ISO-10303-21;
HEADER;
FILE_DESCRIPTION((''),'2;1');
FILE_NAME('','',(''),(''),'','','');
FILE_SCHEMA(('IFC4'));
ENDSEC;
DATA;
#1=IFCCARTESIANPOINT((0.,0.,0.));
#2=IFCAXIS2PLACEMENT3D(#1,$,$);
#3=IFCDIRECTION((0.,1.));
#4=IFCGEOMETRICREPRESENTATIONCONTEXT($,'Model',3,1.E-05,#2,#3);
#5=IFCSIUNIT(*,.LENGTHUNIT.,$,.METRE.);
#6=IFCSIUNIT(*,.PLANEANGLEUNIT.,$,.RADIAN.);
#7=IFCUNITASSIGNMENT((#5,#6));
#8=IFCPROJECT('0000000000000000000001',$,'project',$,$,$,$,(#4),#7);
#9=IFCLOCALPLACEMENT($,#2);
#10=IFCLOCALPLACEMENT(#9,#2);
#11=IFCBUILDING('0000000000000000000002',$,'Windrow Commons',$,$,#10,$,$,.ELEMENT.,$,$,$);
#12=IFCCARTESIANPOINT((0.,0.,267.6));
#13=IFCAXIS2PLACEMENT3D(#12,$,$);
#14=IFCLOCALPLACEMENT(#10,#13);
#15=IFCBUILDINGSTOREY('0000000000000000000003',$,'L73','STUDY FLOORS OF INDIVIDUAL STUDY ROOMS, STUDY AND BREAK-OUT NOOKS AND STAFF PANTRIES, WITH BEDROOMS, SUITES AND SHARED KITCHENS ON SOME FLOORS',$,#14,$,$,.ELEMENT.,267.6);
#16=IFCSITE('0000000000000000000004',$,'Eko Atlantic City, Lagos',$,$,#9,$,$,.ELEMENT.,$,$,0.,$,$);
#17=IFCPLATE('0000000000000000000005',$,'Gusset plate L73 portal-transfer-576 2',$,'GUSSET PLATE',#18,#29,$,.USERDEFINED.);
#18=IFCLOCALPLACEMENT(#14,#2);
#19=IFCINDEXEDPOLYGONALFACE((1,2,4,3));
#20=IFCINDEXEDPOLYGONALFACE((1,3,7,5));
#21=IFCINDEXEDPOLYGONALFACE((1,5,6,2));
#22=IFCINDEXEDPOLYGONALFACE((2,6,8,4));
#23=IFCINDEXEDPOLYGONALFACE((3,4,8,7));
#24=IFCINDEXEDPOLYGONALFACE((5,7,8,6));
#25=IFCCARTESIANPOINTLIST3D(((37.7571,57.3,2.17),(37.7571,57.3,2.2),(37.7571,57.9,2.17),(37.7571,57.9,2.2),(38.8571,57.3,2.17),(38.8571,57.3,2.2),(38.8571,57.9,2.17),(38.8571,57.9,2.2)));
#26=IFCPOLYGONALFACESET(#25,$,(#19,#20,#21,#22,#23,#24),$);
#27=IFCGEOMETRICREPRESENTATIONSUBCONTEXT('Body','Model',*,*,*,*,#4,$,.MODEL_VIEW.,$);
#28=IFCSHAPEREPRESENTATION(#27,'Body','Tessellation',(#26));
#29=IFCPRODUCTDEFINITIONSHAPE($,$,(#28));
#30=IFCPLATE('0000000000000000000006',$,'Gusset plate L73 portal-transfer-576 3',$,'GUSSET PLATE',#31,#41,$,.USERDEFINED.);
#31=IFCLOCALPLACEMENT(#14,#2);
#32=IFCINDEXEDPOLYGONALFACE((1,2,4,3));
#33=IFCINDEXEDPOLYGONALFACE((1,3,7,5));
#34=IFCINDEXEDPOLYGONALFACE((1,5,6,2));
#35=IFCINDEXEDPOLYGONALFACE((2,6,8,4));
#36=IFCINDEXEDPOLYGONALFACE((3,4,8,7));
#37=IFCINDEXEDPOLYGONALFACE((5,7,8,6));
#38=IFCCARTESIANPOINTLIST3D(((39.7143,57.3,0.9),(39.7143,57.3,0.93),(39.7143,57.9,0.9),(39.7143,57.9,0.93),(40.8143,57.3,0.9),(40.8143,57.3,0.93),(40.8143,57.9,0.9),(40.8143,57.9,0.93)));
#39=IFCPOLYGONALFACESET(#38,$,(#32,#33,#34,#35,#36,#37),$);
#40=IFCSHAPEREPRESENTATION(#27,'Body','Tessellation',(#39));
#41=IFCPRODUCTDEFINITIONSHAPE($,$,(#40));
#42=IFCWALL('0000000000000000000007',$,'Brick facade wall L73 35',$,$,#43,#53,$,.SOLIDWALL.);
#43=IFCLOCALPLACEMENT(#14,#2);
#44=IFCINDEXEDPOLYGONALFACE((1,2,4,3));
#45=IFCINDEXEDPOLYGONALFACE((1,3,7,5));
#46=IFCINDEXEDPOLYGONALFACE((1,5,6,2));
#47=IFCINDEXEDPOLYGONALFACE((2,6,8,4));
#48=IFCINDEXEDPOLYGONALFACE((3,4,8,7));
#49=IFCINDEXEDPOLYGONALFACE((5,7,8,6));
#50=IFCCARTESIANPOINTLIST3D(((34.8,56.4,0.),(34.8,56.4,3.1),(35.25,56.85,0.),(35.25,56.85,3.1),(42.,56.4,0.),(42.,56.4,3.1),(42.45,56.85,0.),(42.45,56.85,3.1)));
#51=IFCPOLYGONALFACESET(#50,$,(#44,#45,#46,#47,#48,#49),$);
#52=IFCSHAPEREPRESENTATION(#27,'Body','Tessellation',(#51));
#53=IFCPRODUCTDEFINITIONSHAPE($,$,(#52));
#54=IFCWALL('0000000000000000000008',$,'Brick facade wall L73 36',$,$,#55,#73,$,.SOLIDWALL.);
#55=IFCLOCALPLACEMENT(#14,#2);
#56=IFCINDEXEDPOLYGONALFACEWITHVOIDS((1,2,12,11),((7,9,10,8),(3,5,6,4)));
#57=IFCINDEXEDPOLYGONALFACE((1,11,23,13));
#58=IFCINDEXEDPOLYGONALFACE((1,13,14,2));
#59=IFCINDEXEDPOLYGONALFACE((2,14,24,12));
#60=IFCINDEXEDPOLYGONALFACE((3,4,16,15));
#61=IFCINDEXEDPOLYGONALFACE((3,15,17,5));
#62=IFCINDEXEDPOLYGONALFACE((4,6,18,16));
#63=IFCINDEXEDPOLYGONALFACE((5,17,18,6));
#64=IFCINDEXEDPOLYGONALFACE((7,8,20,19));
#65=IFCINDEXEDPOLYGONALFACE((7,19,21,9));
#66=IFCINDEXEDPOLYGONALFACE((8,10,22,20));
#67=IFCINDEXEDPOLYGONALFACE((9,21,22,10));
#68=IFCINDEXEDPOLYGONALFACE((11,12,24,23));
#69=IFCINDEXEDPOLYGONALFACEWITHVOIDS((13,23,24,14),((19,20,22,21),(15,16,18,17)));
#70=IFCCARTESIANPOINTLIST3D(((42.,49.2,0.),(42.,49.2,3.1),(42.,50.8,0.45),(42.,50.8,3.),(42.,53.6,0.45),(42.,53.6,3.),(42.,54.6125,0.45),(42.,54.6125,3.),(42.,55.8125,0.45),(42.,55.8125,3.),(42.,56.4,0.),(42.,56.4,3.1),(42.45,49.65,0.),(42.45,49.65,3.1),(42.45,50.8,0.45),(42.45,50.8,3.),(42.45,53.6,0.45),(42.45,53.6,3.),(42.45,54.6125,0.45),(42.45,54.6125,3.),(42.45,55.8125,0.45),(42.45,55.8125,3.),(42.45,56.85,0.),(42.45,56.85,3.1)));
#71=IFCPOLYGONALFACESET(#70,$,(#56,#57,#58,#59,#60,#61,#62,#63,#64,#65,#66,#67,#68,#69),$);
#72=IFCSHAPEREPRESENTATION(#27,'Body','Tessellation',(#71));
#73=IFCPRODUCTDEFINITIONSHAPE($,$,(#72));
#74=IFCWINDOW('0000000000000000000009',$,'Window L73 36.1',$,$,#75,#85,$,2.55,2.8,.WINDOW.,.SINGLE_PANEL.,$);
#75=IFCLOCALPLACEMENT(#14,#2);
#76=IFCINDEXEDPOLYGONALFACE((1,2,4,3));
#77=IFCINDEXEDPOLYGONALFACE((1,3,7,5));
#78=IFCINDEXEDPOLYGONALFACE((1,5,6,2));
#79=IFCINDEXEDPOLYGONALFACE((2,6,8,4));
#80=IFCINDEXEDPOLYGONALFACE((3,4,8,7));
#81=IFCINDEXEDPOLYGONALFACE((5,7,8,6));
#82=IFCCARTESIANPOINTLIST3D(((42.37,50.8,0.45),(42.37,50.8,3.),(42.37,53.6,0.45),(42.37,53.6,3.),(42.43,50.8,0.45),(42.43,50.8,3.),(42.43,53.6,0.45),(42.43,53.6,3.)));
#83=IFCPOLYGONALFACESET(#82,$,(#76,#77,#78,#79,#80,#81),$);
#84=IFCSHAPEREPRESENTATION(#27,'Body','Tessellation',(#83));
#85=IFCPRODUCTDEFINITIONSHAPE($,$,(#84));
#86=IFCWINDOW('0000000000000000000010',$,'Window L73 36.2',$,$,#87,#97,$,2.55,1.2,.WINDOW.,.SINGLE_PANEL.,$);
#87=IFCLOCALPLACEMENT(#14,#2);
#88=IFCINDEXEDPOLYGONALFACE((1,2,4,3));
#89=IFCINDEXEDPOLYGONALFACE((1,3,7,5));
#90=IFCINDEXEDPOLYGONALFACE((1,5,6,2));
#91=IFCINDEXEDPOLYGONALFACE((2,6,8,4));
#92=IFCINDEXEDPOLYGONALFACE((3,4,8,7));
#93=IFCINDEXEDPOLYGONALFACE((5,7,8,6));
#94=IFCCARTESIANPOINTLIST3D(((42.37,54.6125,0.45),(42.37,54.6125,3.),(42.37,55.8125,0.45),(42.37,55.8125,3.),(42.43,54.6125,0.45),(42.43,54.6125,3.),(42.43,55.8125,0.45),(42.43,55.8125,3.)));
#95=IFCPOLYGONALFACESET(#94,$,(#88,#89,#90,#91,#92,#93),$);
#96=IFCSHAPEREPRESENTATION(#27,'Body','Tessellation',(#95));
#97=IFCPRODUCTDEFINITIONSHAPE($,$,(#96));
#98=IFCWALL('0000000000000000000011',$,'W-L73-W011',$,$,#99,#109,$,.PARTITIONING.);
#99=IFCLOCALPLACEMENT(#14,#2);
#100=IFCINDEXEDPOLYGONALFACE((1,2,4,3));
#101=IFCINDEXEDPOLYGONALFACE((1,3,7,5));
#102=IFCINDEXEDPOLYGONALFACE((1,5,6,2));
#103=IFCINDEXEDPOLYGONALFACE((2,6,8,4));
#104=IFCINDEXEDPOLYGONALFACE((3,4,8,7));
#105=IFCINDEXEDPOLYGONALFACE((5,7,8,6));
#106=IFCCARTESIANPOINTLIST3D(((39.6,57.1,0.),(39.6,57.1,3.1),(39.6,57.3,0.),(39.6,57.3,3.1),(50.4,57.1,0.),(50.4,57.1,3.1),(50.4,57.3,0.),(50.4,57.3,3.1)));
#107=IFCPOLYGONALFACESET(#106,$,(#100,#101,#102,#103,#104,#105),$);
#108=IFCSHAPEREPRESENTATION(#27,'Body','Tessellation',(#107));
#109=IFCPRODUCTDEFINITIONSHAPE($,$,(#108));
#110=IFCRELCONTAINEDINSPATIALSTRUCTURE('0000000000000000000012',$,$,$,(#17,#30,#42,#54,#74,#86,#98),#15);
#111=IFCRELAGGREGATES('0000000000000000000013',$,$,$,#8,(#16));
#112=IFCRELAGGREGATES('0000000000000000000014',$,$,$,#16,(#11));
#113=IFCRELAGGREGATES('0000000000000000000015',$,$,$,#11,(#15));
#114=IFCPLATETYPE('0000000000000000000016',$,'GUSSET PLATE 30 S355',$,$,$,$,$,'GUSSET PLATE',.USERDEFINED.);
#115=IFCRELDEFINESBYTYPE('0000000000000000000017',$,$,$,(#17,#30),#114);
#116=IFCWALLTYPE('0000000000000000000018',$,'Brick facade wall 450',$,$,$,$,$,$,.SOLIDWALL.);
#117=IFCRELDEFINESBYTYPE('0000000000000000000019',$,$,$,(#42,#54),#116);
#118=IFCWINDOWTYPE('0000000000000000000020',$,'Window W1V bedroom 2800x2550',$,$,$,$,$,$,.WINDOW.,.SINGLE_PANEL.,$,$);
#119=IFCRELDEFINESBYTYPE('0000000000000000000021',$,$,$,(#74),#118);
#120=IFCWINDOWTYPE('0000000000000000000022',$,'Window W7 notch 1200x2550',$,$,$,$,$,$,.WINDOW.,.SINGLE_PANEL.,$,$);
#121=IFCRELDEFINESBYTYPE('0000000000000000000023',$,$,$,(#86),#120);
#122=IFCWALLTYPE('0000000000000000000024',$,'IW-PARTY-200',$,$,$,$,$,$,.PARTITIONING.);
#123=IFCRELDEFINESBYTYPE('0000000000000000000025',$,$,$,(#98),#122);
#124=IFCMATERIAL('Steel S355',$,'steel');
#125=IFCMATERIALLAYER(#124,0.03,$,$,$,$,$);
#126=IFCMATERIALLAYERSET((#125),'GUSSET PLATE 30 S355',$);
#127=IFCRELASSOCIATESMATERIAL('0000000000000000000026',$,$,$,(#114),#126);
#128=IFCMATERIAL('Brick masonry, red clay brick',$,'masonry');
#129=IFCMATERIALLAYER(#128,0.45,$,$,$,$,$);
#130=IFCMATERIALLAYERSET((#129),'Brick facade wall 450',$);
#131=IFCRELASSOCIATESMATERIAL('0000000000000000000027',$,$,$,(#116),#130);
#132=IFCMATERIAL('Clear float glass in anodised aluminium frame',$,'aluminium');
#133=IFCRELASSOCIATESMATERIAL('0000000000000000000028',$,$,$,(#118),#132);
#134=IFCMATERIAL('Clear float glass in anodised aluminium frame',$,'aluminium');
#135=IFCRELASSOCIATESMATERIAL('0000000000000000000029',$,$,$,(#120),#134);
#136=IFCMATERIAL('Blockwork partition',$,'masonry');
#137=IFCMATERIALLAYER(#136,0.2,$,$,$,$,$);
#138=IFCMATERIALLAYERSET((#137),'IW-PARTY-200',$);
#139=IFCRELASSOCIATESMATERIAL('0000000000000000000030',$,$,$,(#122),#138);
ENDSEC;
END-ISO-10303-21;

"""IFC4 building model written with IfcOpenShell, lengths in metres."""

from ifc_helpers import new_model, si_unit, direction, frame, frame_2d, origin, origin_2d, place, context, subcontext, project, spatial, polyline, rectangle, outline, extrude, material, layer, layer_set, type_object, element, fill, save


model = new_model("IFC4")

# Units and contexts
model_context = context("Model", 3, precision=1e-05, world=origin(), true_north=direction((0.0, 1.0)))
body_context = subcontext(model_context, "Body", "Model", "MODEL_VIEW")
ifc_project = project(units=[si_unit("LENGTHUNIT", "METRE"), si_unit("PLANEANGLEUNIT", "RADIAN")], contexts=[model_context])

# Site, building, storey
site_placement = place(None, origin())
site = spatial("IfcSite", under=ifc_project, at=site_placement, Name="Eko Atlantic City, Lagos", CompositionType="ELEMENT", RefElevation=0.0)
building_placement = place(site_placement, origin())
building = spatial("IfcBuilding", under=site, at=building_placement, Name="Windrow Commons", CompositionType="ELEMENT")
storey_placement = place(building_placement, frame((0.0, 0.0, 267.6)))
storey = spatial("IfcBuildingStorey", under=building, at=storey_placement, Name="L73", Description="STUDY FLOORS OF INDIVIDUAL STUDY ROOMS, STUDY AND BREAK-OUT NOOKS AND STAFF PANTRIES, WITH BEDROOMS, SUITES AND SHARED KITCHENS ON SOME FLOORS", CompositionType="ELEMENT", Elevation=267.6)

# Plates
ifc_material_1 = material(Name="Steel S355", Category="steel")
ifc_layer_1 = layer(ifc_material_1, 0.03)
ifc_layer_set_1 = layer_set([ifc_layer_1], Name="GUSSET PLATE 30 S355")
plate_type = type_object("IfcPlateType", Name="GUSSET PLATE 30 S355", ElementType="GUSSET PLATE", PredefinedType="USERDEFINED", material=ifc_layer_set_1)
for number, where, z_axis, x_axis, name in (
    (1, (38.3071, 57.6, 2.17), (0.0, 0.0, 1.0), (1.0, 0.0, 0.0), "Gusset plate L73 portal-transfer-576 2"),
    (2, (40.2643, 57.6, 0.9), (0.0, 0.0, 1.0), (1.0, 0.0, 0.0), "Gusset plate L73 portal-transfer-576 3"),
):
    element("IfcPlate", number, at=place(storey_placement, frame(where, z_axis=z_axis, x_axis=x_axis)), inside=storey, type_object=plate_type, Name=name, ObjectType="GUSSET PLATE", PredefinedType="USERDEFINED", context=body_context, shape_type="SweptSolid", body=[
        extrude(rectangle(XDim=1.1, YDim=0.6, at=origin_2d()), origin(), (0.0, 0.0, 1.0), 0.03),
    ])

# Wall
ifc_material_2 = material(Name="Brick masonry, red clay brick", Category="masonry")
ifc_layer_2 = layer(ifc_material_2, 0.45)
ifc_layer_set_2 = layer_set([ifc_layer_2], Name="Brick facade wall 450")
wall_type_1 = type_object("IfcWallType", Name="Brick facade wall 450", PredefinedType="SOLIDWALL", material=ifc_layer_set_2)
wall_1_placement = place(storey_placement, frame((35.025, 56.625, 0.0), z_axis=(0.0, 0.0, 1.0), x_axis=(1.0, 0.0, 0.0)))
element("IfcWall", 3, at=wall_1_placement, inside=storey, type_object=wall_type_1, Name="Brick facade wall L73 35", PredefinedType="SOLIDWALL", context=body_context, shape_type="SweptSolid", body=[
    extrude(outline(polyline([(-0.225, -0.225), (6.975, -0.225), (7.425, 0.225), (0.225, 0.225), (-0.225, -0.225)])), origin(), (0.0, 0.0, 1.0), 3.1),
])

# Wall, openings, windows
wall_2_placement = place(storey_placement, frame((42.225, 56.625, 0.0), z_axis=(0.0, 0.0, 1.0), x_axis=(0.0, -1.0, 0.0)))
wall_2 = element("IfcWall", 4, at=wall_2_placement, inside=storey, type_object=wall_type_1, Name="Brick facade wall L73 36", PredefinedType="SOLIDWALL", context=body_context, shape_type="SweptSolid", body=[
    extrude(outline(polyline([(0.225, -0.225), (7.425, -0.225), (6.975, 0.225), (-0.225, 0.225), (0.225, -0.225)])), origin(), (0.0, 0.0, 1.0), 3.1),
])
opening_1_placement = place(wall_2_placement, frame((3.025, 0.0, 0.45)))
opening_1 = element("IfcOpeningElement", 5, at=opening_1_placement, cuts=wall_2, PredefinedType="OPENING", context=body_context, shape_type="SweptSolid", body=[
    extrude(rectangle(XDim=2.8, YDim=2.55, at=frame_2d((1.4, 1.275))), frame((0.0, 0.235, 0.0), z_axis=(0.0, -1.0, 0.0), x_axis=(1.0, 0.0, 0.0)), (0.0, 0.0, 1.0), 0.47),
])
opening_2_placement = place(wall_2_placement, frame((0.8125, 0.0, 0.45)))
opening_2 = element("IfcOpeningElement", 6, at=opening_2_placement, cuts=wall_2, PredefinedType="OPENING", context=body_context, shape_type="SweptSolid", body=[
    extrude(rectangle(XDim=1.2, YDim=2.55, at=frame_2d((0.6, 1.275))), frame((0.0, 0.235, 0.0), z_axis=(0.0, -1.0, 0.0), x_axis=(1.0, 0.0, 0.0)), (0.0, 0.0, 1.0), 0.47),
])
ifc_material_3 = material(Name="Clear float glass in anodised aluminium frame", Category="aluminium")
window_type_1 = type_object("IfcWindowType", Name="Window W1V bedroom 2800x2550", PartitioningType="SINGLE_PANEL", PredefinedType="WINDOW", material=ifc_material_3)
window_1_placement = place(opening_1_placement, origin())
window_1 = element("IfcWindow", 7, at=window_1_placement, inside=storey, type_object=window_type_1, Name="Window L73 36.1", OverallHeight=2.55, OverallWidth=2.8, PartitioningType="SINGLE_PANEL", PredefinedType="WINDOW", context=body_context, shape_type="SweptSolid", body=[
    extrude(rectangle(XDim=2.8, YDim=2.55, at=frame_2d((1.4, 1.275))), frame((0.0, 0.205, 0.0), z_axis=(0.0, -1.0, 0.0), x_axis=(1.0, 0.0, 0.0)), (0.0, 0.0, 1.0), 0.06),
])
fill(opening_1, window_1)
ifc_material_4 = material(Name="Clear float glass in anodised aluminium frame", Category="aluminium")
window_type_2 = type_object("IfcWindowType", Name="Window W7 notch 1200x2550", PartitioningType="SINGLE_PANEL", PredefinedType="WINDOW", material=ifc_material_4)
window_2_placement = place(opening_2_placement, origin())
window_2 = element("IfcWindow", 8, at=window_2_placement, inside=storey, type_object=window_type_2, Name="Window L73 36.2", OverallHeight=2.55, OverallWidth=1.2, PartitioningType="SINGLE_PANEL", PredefinedType="WINDOW", context=body_context, shape_type="SweptSolid", body=[
    extrude(rectangle(XDim=1.2, YDim=2.55, at=frame_2d((0.6, 1.275))), frame((0.0, 0.205, 0.0), z_axis=(0.0, -1.0, 0.0), x_axis=(1.0, 0.0, 0.0)), (0.0, 0.0, 1.0), 0.06),
])
fill(opening_2, window_2)

# Wall
ifc_material_5 = material(Name="Blockwork partition", Category="masonry")
ifc_layer_3 = layer(ifc_material_5, 0.2)
ifc_layer_set_3 = layer_set([ifc_layer_3], Name="IW-PARTY-200")
wall_type_2 = type_object("IfcWallType", Name="IW-PARTY-200", PredefinedType="PARTITIONING", material=ifc_layer_set_3)
wall_3_placement = place(storey_placement, frame((39.6, 57.2, 0.0), z_axis=(0.0, 0.0, 1.0), x_axis=(1.0, 0.0, 0.0)))
element("IfcWall", 9, at=wall_3_placement, inside=storey, type_object=wall_type_2, Name="W-L73-W011", PredefinedType="PARTITIONING", context=body_context, shape_type="SweptSolid", body=[
    extrude(rectangle(XDim=10.8, YDim=0.2, at=frame_2d((5.4, 0.0))), origin(), (0.0, 0.0, 1.0), 3.1),
])

save(model, "model.ifc")
